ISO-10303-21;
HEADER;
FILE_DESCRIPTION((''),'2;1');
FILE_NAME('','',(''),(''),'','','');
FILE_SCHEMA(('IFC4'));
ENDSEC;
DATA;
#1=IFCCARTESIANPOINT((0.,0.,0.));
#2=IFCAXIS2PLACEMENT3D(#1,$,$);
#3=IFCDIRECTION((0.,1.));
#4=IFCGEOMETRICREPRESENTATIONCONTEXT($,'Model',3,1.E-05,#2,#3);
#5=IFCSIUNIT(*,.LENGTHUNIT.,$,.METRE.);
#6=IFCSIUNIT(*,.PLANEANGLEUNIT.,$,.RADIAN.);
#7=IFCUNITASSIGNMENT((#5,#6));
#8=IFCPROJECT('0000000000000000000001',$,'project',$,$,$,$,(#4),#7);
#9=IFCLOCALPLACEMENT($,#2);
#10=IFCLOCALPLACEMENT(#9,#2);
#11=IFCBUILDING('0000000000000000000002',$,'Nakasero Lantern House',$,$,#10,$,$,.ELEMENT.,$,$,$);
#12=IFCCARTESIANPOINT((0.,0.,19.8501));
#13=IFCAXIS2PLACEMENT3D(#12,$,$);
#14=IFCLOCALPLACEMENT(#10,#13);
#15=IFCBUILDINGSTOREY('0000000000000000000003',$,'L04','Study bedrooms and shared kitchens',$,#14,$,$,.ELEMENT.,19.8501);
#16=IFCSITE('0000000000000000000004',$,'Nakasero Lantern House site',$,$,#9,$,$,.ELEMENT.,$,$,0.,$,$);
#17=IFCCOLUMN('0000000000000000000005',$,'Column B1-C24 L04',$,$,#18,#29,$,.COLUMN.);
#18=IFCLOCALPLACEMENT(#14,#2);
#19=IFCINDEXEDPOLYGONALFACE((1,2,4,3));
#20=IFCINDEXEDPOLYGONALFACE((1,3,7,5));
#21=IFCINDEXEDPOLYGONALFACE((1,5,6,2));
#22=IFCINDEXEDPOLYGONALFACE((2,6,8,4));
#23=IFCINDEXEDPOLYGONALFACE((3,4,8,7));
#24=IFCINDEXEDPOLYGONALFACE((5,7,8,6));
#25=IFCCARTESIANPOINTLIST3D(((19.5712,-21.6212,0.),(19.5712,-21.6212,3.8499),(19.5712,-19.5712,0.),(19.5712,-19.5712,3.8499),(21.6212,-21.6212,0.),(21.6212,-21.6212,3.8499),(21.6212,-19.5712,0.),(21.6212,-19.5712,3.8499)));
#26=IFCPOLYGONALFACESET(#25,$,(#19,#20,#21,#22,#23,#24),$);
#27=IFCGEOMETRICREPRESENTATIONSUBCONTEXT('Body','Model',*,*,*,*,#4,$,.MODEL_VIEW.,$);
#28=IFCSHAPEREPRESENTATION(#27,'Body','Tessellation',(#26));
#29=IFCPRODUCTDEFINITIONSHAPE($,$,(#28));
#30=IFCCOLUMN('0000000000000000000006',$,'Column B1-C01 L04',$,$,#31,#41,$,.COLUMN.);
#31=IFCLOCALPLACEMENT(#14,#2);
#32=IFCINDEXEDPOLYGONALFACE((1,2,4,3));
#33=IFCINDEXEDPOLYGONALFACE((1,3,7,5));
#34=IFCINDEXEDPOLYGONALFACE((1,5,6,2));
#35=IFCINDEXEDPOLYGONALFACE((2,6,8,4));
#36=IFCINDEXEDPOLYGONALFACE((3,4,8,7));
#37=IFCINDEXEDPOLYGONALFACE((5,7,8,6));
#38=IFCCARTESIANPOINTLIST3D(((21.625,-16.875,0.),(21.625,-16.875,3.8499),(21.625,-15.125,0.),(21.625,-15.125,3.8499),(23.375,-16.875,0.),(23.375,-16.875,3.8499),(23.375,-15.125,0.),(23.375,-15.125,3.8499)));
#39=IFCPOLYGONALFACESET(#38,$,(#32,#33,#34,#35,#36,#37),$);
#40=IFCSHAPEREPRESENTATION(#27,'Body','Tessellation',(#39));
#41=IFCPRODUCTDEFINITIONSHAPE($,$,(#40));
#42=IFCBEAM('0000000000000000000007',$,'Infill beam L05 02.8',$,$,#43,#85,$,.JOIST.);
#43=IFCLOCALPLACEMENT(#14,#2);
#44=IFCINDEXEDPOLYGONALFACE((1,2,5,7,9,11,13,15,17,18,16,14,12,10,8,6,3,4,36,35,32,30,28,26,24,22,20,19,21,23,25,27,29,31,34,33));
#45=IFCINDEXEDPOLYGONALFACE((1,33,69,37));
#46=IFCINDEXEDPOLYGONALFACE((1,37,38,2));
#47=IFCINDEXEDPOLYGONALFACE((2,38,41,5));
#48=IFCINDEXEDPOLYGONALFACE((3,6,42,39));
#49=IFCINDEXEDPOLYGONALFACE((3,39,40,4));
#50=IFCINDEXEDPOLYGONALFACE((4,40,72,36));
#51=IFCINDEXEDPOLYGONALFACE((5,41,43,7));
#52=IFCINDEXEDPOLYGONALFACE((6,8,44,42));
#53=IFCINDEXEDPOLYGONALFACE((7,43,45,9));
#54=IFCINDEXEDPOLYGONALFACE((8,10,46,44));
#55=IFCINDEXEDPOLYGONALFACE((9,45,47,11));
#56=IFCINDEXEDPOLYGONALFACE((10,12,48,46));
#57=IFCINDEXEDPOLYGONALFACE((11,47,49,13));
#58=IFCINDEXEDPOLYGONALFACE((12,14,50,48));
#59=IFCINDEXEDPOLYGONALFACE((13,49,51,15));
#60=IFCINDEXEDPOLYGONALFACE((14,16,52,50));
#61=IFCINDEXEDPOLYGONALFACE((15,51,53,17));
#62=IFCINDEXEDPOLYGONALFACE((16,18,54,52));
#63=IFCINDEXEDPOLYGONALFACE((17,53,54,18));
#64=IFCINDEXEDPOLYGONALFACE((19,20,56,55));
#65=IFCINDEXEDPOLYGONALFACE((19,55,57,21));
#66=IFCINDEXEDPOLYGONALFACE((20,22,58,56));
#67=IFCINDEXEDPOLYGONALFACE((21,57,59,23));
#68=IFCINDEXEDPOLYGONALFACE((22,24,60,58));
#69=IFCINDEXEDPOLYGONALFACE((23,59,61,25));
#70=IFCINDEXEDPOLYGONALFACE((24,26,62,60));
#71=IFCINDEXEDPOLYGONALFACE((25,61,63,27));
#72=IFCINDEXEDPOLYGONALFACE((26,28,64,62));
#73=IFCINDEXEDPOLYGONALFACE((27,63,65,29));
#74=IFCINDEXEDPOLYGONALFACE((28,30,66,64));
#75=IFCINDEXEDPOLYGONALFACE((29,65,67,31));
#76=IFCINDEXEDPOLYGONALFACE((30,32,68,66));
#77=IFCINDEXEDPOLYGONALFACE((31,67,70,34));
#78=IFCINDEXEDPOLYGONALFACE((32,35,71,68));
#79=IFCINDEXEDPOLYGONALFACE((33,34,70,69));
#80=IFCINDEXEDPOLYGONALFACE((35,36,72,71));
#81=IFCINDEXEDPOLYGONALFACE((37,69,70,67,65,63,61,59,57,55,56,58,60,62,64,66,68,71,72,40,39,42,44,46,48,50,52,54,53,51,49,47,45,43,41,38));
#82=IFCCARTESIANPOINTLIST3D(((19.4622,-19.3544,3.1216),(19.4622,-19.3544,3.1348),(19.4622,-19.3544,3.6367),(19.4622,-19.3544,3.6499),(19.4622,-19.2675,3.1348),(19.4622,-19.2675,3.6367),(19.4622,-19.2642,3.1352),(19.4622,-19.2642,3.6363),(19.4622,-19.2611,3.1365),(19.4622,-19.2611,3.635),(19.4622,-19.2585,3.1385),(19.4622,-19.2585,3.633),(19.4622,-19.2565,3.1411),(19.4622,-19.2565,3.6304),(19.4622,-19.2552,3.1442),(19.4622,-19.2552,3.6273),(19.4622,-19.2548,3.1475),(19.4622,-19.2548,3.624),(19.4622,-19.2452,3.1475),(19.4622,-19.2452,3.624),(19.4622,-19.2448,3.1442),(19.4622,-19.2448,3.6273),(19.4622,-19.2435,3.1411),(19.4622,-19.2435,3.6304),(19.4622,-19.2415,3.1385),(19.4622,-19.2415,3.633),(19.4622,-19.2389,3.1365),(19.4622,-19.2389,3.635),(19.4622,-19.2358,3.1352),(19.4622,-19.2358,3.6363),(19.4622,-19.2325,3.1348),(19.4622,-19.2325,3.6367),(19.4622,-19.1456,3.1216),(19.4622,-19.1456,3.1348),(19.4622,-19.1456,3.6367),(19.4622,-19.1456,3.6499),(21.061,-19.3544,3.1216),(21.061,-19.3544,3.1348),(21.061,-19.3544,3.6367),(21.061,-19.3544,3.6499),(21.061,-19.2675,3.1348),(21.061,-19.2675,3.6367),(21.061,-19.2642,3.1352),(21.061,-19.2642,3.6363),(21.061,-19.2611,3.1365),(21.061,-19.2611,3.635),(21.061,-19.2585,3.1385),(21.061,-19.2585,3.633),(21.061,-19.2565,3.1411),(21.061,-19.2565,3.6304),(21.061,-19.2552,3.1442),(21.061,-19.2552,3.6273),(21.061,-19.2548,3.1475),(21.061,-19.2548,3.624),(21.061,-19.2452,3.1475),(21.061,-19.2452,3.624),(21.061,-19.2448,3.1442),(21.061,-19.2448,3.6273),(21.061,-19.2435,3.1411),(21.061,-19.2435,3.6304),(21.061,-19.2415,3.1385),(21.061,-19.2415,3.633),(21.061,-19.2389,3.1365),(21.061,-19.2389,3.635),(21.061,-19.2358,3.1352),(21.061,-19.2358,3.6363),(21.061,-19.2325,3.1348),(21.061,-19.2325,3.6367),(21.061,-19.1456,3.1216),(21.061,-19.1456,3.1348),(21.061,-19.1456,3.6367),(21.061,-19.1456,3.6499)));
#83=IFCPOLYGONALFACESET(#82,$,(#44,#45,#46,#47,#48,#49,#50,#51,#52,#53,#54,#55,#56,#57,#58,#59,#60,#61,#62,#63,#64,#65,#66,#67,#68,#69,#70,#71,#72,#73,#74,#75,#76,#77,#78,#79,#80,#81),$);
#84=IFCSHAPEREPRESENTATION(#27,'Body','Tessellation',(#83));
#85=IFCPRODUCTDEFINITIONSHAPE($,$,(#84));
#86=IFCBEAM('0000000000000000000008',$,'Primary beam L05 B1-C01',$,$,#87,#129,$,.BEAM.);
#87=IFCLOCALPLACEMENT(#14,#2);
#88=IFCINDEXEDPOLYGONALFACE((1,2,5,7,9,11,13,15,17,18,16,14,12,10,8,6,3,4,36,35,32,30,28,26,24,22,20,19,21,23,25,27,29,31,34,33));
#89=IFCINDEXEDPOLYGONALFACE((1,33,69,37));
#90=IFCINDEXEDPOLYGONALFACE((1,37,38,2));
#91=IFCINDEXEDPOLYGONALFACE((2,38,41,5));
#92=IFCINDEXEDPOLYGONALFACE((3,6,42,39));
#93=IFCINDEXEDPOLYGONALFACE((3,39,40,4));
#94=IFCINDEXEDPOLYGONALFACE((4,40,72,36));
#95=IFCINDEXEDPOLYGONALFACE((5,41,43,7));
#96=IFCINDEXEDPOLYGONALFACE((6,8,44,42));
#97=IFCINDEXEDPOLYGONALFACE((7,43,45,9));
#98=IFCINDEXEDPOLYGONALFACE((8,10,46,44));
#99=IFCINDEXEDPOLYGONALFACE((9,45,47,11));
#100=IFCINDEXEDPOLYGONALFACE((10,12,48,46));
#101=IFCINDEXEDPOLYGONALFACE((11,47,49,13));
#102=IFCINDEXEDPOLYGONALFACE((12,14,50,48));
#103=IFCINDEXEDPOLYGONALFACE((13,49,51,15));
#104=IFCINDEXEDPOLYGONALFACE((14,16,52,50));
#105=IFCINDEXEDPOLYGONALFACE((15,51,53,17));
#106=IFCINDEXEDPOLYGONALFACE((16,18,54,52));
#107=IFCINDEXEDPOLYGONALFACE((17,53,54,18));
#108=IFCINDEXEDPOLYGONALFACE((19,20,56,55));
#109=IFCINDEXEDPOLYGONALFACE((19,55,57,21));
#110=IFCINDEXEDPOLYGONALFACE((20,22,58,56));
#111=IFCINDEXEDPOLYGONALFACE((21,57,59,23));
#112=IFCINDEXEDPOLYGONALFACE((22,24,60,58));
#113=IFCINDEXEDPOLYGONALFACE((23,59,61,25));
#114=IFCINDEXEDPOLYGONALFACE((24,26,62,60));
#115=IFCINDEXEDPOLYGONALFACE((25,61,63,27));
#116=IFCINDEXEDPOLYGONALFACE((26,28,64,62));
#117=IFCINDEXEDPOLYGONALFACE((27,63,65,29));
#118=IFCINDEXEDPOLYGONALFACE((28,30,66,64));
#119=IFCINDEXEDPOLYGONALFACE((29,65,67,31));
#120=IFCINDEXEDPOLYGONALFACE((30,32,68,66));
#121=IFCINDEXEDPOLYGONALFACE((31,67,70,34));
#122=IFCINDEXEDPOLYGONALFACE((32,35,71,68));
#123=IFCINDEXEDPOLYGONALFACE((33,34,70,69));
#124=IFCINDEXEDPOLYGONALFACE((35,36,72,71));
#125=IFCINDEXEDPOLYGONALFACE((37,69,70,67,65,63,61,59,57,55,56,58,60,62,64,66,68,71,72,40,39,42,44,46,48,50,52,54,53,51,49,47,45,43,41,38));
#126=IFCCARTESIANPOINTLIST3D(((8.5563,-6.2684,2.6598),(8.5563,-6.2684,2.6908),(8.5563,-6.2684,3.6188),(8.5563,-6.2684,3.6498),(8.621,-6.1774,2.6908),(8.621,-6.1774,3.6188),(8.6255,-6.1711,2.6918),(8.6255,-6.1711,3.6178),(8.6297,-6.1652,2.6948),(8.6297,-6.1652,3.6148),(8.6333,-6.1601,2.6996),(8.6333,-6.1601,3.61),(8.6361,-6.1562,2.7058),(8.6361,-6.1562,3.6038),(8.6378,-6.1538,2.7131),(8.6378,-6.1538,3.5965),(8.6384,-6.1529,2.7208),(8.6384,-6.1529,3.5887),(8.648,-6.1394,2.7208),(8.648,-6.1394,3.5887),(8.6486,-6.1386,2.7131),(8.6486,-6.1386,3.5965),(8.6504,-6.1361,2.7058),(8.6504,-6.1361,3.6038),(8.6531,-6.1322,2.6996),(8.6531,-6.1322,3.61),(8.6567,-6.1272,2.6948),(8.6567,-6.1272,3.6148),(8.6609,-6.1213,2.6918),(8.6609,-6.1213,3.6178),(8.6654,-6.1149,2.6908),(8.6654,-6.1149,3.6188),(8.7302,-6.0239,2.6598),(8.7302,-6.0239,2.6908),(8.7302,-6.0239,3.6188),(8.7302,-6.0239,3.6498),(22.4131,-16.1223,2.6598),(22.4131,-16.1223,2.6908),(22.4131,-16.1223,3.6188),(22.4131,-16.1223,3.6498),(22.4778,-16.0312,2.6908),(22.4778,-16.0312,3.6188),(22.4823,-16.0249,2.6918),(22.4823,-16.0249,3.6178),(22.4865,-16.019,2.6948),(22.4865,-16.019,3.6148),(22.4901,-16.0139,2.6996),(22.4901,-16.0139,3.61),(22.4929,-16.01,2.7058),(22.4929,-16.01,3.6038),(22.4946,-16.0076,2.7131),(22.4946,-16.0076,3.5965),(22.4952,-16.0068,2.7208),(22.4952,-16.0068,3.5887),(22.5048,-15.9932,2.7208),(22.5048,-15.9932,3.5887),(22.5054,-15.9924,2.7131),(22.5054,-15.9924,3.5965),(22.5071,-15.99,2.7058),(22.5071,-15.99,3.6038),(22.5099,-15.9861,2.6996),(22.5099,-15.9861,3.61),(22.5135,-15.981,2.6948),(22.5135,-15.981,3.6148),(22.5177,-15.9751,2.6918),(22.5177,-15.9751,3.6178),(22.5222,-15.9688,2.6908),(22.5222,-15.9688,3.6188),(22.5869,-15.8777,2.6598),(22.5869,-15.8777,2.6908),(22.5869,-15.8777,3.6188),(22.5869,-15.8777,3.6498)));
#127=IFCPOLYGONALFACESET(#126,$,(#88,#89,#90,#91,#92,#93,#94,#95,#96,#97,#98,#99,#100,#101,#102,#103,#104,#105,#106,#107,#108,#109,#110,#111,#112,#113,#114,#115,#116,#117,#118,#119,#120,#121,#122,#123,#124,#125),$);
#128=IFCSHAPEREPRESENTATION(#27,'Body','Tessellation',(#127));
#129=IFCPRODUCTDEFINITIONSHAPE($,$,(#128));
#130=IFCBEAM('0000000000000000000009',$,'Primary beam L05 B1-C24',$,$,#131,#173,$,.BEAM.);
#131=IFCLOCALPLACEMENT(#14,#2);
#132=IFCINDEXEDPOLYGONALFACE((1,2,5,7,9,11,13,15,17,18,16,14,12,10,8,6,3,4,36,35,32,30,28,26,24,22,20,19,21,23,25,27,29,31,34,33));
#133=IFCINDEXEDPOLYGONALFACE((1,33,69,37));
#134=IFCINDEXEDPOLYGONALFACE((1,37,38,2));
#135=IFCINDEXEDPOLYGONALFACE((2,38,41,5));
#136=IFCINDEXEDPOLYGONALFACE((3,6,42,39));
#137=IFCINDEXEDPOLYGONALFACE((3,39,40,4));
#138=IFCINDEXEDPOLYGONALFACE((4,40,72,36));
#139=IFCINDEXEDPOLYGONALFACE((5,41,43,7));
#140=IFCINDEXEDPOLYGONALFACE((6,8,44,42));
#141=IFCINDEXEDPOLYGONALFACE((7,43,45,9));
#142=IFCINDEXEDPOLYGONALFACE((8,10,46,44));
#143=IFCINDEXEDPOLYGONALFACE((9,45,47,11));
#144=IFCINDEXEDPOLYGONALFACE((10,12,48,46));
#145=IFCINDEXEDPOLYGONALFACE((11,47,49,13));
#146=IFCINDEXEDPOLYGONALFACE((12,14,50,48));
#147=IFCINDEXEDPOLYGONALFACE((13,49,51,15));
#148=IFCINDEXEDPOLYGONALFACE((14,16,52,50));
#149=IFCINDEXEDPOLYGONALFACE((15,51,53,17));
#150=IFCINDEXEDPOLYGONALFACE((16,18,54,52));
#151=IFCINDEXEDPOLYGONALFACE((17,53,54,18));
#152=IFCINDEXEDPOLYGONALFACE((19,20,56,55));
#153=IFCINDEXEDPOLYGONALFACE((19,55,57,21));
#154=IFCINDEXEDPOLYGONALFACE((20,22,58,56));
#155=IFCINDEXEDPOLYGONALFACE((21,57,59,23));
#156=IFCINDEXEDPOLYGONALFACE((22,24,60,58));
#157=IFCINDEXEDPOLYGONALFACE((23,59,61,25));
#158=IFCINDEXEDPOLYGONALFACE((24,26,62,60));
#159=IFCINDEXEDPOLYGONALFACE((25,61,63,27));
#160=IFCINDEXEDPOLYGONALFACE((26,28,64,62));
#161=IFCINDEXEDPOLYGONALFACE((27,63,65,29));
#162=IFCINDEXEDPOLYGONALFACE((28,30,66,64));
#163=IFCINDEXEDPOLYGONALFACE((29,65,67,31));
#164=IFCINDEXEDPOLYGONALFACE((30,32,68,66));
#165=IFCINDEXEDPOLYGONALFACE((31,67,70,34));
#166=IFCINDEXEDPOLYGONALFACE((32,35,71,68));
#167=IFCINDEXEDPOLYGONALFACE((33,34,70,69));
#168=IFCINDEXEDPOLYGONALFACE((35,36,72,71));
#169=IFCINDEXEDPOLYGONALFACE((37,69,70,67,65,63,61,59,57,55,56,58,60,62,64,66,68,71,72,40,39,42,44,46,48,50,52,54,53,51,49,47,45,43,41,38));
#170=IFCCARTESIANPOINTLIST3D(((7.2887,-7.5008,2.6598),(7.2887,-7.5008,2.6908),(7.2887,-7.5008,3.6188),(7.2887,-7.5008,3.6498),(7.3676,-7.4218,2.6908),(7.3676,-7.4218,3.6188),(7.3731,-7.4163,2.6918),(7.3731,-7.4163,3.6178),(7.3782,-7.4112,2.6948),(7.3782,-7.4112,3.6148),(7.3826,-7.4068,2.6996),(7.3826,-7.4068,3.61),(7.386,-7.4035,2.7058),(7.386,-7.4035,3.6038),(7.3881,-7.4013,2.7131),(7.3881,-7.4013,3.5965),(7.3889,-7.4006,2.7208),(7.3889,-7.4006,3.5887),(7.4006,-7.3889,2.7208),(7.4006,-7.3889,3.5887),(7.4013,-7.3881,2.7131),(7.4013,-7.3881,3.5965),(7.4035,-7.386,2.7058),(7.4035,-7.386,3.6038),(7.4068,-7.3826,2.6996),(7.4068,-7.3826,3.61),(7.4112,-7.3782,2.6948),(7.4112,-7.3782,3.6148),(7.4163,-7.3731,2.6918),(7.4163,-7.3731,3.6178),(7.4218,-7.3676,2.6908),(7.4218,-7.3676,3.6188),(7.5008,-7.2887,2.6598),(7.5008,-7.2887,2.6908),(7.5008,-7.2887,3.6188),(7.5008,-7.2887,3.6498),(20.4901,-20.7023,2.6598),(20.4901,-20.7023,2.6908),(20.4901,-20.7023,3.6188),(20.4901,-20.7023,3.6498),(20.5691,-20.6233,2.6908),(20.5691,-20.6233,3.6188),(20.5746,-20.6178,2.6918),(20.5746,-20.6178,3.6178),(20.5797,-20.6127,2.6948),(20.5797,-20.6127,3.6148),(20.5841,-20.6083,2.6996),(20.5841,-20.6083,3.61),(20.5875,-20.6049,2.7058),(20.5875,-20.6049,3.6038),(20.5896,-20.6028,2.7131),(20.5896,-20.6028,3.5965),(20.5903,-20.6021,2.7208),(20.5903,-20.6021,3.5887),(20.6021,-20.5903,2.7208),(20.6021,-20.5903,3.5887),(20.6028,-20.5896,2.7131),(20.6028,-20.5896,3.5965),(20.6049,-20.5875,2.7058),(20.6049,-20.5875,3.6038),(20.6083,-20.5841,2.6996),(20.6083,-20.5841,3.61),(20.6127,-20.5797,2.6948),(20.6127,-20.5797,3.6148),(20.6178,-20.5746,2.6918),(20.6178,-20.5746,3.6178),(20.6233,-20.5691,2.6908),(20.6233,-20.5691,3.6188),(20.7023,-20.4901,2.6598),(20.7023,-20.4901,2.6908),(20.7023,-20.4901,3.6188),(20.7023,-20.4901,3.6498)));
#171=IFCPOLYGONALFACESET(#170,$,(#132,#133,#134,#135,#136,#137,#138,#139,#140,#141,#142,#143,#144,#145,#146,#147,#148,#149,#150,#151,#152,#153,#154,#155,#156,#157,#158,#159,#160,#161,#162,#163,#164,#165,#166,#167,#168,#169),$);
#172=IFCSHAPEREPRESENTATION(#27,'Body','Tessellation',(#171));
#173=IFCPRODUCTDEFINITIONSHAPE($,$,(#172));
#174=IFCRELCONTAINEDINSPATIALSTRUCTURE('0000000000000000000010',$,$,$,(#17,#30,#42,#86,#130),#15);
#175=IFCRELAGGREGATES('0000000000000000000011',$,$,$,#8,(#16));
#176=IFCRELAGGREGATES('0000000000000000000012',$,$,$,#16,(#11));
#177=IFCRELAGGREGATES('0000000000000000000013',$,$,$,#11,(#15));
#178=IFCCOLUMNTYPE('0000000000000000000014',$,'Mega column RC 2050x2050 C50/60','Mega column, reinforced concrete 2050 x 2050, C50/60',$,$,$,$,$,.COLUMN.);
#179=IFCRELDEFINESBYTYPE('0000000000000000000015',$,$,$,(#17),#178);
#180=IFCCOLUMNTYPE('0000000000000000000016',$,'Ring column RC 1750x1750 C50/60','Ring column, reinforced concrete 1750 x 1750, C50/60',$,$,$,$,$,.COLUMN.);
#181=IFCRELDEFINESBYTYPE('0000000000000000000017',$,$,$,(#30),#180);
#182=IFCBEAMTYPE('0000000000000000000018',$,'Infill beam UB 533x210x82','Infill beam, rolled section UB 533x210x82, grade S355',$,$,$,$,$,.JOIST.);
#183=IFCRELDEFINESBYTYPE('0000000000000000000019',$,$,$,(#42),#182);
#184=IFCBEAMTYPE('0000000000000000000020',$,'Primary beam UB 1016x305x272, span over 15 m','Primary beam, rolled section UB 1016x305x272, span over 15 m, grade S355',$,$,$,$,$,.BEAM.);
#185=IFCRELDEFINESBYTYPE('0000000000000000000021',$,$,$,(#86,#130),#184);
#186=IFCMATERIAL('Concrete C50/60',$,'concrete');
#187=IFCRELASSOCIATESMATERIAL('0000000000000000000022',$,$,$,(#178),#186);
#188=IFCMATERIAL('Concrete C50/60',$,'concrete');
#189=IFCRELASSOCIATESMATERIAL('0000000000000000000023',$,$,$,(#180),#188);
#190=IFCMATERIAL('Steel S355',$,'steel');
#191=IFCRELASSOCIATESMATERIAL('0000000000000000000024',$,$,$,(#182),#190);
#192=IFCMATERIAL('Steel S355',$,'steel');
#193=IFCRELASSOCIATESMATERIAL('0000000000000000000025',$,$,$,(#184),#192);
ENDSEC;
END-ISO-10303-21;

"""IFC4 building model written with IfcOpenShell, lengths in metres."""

from ifc_helpers import new_model, si_unit, direction, frame, origin, origin_2d, place, context, subcontext, project, spatial, rectangle, i_section, extrude, material, material_profile, profile_set, type_object, element, save


model = new_model("IFC4")

# Units and contexts
model_context = context("Model", 3, precision=1e-05, world=origin(), true_north=direction((0.0, 1.0)))
body_context = subcontext(model_context, "Body", "Model", "MODEL_VIEW")
ifc_project = project(units=[si_unit("LENGTHUNIT", "METRE"), si_unit("PLANEANGLEUNIT", "RADIAN")], contexts=[model_context])

# Site, building, storey
site_placement = place(None, origin())
site = spatial("IfcSite", under=ifc_project, at=site_placement, Name="Nakasero Lantern House site", CompositionType="ELEMENT", RefElevation=0.0)
building_placement = place(site_placement, origin())
building = spatial("IfcBuilding", under=site, at=building_placement, Name="Nakasero Lantern House", CompositionType="ELEMENT")
storey_placement = place(building_placement, frame((0.0, 0.0, 19.8501)))
storey = spatial("IfcBuildingStorey", under=building, at=storey_placement, Name="L04", Description="Study bedrooms and shared kitchens", CompositionType="ELEMENT", Elevation=19.8501)

# Columns
ifc_material_1 = material(Name="Concrete C50/60", Category="concrete")
ifc_material_profile_1 = material_profile(ifc_material_1, rectangle(XDim=2.05, YDim=2.05, at=origin_2d()), Name="RC 2050x2050")
ifc_profile_set_1 = profile_set([ifc_material_profile_1], Name="Concrete C50/60")
column_type_1 = type_object("IfcColumnType", Name="Mega column RC 2050x2050 C50/60", Description="Mega column, reinforced concrete 2050 x 2050, C50/60", PredefinedType="COLUMN", material=ifc_profile_set_1)
column_1_placement = place(storey_placement, frame((20.5962, -20.5962, 0.0), z_axis=(0.0, 0.0, 1.0), x_axis=(1.0, 0.0, 0.0)))
element("IfcColumn", 1, at=column_1_placement, inside=storey, type_object=column_type_1, Name="Column B1-C24 L04", PredefinedType="COLUMN", context=body_context, shape_type="SweptSolid", body=[
    extrude(rectangle(XDim=2.05, YDim=2.05, at=origin_2d()), origin(), (0.0, 0.0, 1.0), 3.8499),
])
ifc_material_2 = material(Name="Concrete C50/60", Category="concrete")
ifc_material_profile_2 = material_profile(ifc_material_2, rectangle(XDim=1.75, YDim=1.75, at=origin_2d()), Name="RC 1750x1750")
ifc_profile_set_2 = profile_set([ifc_material_profile_2], Name="Concrete C50/60")
column_type_2 = type_object("IfcColumnType", Name="Ring column RC 1750x1750 C50/60", Description="Ring column, reinforced concrete 1750 x 1750, C50/60", PredefinedType="COLUMN", material=ifc_profile_set_2)
column_2_placement = place(storey_placement, frame((22.5, -16.0, 0.0), z_axis=(0.0, 0.0, 1.0), x_axis=(1.0, 0.0, 0.0)))
element("IfcColumn", 2, at=column_2_placement, inside=storey, type_object=column_type_2, Name="Column B1-C01 L04", PredefinedType="COLUMN", context=body_context, shape_type="SweptSolid", body=[
    extrude(rectangle(XDim=1.75, YDim=1.75, at=origin_2d()), origin(), (0.0, 0.0, 1.0), 3.8499),
])

# Beams
ifc_material_3 = material(Name="Steel S355", Category="steel")
ifc_material_profile_3 = material_profile(ifc_material_3, i_section(OverallWidth=0.2087, OverallDepth=0.5283, WebThickness=0.0095, FlangeThickness=0.0132, FilletRadius=0.0127, at=origin_2d()), Name="UB 533x210x82")
ifc_profile_set_3 = profile_set([ifc_material_profile_3], Name="Steel S355")
beam_type_1 = type_object("IfcBeamType", Name="Infill beam UB 533x210x82", Description="Infill beam, rolled section UB 533x210x82, grade S355", PredefinedType="JOIST", material=ifc_profile_set_3)
beam_1_placement = place(storey_placement, frame((19.4622, -19.25, 3.3857), z_axis=(1.0, 0.0, 0.0), x_axis=(0.0, 1.0, 0.0)))
element("IfcBeam", 3, at=beam_1_placement, inside=storey, type_object=beam_type_1, Name="Infill beam L05 02.8", PredefinedType="JOIST", context=body_context, shape_type="SweptSolid", body=[
    extrude(i_section(OverallWidth=0.2087, OverallDepth=0.5283, WebThickness=0.0095, FlangeThickness=0.0132, FilletRadius=0.0127, at=origin_2d()), origin(), (0.0, 0.0, 1.0), 1.5989),
])
ifc_material_4 = material(Name="Steel S355", Category="steel")
ifc_material_profile_4 = material_profile(ifc_material_4, i_section(OverallWidth=0.3, OverallDepth=0.99, WebThickness=0.0166, FlangeThickness=0.031, FilletRadius=0.03, at=origin_2d()), Name="UB 1016x305x272")
ifc_profile_set_4 = profile_set([ifc_material_profile_4], Name="Steel S355")
beam_type_2 = type_object("IfcBeamType", Name="Primary beam UB 1016x305x272, span over 15 m", Description="Primary beam, rolled section UB 1016x305x272, span over 15 m, grade S355", PredefinedType="BEAM", material=ifc_profile_set_4)
beam_2_placement = place(storey_placement, frame((22.5, -16.0, 3.1548), z_axis=(-0.814952, 0.579528, 0.0), x_axis=(-0.579528, -0.814952, 0.0)))
element("IfcBeam", 4, at=beam_2_placement, inside=storey, type_object=beam_type_2, Name="Primary beam L05 B1-C01", PredefinedType="BEAM", context=body_context, shape_type="SweptSolid", body=[
    extrude(i_section(OverallWidth=0.3, OverallDepth=0.99, WebThickness=0.0166, FlangeThickness=0.031, FilletRadius=0.03, at=origin_2d()), origin(), (0.0, 0.0, 1.0), 17.0032),
])
beam_3_placement = place(storey_placement, frame((20.5962, -20.5962, 3.1548), z_axis=(-0.707107, 0.707107, 0.0), x_axis=(-0.707107, -0.707107, 0.0)))
element("IfcBeam", 5, at=beam_3_placement, inside=storey, type_object=beam_type_2, Name="Primary beam L05 B1-C24", PredefinedType="BEAM", context=body_context, shape_type="SweptSolid", body=[
    extrude(i_section(OverallWidth=0.3, OverallDepth=0.99, WebThickness=0.0166, FlangeThickness=0.031, FilletRadius=0.03, at=origin_2d()), origin(), (0.0, 0.0, 1.0), 18.6697),
])

save(model, "model.ifc")
